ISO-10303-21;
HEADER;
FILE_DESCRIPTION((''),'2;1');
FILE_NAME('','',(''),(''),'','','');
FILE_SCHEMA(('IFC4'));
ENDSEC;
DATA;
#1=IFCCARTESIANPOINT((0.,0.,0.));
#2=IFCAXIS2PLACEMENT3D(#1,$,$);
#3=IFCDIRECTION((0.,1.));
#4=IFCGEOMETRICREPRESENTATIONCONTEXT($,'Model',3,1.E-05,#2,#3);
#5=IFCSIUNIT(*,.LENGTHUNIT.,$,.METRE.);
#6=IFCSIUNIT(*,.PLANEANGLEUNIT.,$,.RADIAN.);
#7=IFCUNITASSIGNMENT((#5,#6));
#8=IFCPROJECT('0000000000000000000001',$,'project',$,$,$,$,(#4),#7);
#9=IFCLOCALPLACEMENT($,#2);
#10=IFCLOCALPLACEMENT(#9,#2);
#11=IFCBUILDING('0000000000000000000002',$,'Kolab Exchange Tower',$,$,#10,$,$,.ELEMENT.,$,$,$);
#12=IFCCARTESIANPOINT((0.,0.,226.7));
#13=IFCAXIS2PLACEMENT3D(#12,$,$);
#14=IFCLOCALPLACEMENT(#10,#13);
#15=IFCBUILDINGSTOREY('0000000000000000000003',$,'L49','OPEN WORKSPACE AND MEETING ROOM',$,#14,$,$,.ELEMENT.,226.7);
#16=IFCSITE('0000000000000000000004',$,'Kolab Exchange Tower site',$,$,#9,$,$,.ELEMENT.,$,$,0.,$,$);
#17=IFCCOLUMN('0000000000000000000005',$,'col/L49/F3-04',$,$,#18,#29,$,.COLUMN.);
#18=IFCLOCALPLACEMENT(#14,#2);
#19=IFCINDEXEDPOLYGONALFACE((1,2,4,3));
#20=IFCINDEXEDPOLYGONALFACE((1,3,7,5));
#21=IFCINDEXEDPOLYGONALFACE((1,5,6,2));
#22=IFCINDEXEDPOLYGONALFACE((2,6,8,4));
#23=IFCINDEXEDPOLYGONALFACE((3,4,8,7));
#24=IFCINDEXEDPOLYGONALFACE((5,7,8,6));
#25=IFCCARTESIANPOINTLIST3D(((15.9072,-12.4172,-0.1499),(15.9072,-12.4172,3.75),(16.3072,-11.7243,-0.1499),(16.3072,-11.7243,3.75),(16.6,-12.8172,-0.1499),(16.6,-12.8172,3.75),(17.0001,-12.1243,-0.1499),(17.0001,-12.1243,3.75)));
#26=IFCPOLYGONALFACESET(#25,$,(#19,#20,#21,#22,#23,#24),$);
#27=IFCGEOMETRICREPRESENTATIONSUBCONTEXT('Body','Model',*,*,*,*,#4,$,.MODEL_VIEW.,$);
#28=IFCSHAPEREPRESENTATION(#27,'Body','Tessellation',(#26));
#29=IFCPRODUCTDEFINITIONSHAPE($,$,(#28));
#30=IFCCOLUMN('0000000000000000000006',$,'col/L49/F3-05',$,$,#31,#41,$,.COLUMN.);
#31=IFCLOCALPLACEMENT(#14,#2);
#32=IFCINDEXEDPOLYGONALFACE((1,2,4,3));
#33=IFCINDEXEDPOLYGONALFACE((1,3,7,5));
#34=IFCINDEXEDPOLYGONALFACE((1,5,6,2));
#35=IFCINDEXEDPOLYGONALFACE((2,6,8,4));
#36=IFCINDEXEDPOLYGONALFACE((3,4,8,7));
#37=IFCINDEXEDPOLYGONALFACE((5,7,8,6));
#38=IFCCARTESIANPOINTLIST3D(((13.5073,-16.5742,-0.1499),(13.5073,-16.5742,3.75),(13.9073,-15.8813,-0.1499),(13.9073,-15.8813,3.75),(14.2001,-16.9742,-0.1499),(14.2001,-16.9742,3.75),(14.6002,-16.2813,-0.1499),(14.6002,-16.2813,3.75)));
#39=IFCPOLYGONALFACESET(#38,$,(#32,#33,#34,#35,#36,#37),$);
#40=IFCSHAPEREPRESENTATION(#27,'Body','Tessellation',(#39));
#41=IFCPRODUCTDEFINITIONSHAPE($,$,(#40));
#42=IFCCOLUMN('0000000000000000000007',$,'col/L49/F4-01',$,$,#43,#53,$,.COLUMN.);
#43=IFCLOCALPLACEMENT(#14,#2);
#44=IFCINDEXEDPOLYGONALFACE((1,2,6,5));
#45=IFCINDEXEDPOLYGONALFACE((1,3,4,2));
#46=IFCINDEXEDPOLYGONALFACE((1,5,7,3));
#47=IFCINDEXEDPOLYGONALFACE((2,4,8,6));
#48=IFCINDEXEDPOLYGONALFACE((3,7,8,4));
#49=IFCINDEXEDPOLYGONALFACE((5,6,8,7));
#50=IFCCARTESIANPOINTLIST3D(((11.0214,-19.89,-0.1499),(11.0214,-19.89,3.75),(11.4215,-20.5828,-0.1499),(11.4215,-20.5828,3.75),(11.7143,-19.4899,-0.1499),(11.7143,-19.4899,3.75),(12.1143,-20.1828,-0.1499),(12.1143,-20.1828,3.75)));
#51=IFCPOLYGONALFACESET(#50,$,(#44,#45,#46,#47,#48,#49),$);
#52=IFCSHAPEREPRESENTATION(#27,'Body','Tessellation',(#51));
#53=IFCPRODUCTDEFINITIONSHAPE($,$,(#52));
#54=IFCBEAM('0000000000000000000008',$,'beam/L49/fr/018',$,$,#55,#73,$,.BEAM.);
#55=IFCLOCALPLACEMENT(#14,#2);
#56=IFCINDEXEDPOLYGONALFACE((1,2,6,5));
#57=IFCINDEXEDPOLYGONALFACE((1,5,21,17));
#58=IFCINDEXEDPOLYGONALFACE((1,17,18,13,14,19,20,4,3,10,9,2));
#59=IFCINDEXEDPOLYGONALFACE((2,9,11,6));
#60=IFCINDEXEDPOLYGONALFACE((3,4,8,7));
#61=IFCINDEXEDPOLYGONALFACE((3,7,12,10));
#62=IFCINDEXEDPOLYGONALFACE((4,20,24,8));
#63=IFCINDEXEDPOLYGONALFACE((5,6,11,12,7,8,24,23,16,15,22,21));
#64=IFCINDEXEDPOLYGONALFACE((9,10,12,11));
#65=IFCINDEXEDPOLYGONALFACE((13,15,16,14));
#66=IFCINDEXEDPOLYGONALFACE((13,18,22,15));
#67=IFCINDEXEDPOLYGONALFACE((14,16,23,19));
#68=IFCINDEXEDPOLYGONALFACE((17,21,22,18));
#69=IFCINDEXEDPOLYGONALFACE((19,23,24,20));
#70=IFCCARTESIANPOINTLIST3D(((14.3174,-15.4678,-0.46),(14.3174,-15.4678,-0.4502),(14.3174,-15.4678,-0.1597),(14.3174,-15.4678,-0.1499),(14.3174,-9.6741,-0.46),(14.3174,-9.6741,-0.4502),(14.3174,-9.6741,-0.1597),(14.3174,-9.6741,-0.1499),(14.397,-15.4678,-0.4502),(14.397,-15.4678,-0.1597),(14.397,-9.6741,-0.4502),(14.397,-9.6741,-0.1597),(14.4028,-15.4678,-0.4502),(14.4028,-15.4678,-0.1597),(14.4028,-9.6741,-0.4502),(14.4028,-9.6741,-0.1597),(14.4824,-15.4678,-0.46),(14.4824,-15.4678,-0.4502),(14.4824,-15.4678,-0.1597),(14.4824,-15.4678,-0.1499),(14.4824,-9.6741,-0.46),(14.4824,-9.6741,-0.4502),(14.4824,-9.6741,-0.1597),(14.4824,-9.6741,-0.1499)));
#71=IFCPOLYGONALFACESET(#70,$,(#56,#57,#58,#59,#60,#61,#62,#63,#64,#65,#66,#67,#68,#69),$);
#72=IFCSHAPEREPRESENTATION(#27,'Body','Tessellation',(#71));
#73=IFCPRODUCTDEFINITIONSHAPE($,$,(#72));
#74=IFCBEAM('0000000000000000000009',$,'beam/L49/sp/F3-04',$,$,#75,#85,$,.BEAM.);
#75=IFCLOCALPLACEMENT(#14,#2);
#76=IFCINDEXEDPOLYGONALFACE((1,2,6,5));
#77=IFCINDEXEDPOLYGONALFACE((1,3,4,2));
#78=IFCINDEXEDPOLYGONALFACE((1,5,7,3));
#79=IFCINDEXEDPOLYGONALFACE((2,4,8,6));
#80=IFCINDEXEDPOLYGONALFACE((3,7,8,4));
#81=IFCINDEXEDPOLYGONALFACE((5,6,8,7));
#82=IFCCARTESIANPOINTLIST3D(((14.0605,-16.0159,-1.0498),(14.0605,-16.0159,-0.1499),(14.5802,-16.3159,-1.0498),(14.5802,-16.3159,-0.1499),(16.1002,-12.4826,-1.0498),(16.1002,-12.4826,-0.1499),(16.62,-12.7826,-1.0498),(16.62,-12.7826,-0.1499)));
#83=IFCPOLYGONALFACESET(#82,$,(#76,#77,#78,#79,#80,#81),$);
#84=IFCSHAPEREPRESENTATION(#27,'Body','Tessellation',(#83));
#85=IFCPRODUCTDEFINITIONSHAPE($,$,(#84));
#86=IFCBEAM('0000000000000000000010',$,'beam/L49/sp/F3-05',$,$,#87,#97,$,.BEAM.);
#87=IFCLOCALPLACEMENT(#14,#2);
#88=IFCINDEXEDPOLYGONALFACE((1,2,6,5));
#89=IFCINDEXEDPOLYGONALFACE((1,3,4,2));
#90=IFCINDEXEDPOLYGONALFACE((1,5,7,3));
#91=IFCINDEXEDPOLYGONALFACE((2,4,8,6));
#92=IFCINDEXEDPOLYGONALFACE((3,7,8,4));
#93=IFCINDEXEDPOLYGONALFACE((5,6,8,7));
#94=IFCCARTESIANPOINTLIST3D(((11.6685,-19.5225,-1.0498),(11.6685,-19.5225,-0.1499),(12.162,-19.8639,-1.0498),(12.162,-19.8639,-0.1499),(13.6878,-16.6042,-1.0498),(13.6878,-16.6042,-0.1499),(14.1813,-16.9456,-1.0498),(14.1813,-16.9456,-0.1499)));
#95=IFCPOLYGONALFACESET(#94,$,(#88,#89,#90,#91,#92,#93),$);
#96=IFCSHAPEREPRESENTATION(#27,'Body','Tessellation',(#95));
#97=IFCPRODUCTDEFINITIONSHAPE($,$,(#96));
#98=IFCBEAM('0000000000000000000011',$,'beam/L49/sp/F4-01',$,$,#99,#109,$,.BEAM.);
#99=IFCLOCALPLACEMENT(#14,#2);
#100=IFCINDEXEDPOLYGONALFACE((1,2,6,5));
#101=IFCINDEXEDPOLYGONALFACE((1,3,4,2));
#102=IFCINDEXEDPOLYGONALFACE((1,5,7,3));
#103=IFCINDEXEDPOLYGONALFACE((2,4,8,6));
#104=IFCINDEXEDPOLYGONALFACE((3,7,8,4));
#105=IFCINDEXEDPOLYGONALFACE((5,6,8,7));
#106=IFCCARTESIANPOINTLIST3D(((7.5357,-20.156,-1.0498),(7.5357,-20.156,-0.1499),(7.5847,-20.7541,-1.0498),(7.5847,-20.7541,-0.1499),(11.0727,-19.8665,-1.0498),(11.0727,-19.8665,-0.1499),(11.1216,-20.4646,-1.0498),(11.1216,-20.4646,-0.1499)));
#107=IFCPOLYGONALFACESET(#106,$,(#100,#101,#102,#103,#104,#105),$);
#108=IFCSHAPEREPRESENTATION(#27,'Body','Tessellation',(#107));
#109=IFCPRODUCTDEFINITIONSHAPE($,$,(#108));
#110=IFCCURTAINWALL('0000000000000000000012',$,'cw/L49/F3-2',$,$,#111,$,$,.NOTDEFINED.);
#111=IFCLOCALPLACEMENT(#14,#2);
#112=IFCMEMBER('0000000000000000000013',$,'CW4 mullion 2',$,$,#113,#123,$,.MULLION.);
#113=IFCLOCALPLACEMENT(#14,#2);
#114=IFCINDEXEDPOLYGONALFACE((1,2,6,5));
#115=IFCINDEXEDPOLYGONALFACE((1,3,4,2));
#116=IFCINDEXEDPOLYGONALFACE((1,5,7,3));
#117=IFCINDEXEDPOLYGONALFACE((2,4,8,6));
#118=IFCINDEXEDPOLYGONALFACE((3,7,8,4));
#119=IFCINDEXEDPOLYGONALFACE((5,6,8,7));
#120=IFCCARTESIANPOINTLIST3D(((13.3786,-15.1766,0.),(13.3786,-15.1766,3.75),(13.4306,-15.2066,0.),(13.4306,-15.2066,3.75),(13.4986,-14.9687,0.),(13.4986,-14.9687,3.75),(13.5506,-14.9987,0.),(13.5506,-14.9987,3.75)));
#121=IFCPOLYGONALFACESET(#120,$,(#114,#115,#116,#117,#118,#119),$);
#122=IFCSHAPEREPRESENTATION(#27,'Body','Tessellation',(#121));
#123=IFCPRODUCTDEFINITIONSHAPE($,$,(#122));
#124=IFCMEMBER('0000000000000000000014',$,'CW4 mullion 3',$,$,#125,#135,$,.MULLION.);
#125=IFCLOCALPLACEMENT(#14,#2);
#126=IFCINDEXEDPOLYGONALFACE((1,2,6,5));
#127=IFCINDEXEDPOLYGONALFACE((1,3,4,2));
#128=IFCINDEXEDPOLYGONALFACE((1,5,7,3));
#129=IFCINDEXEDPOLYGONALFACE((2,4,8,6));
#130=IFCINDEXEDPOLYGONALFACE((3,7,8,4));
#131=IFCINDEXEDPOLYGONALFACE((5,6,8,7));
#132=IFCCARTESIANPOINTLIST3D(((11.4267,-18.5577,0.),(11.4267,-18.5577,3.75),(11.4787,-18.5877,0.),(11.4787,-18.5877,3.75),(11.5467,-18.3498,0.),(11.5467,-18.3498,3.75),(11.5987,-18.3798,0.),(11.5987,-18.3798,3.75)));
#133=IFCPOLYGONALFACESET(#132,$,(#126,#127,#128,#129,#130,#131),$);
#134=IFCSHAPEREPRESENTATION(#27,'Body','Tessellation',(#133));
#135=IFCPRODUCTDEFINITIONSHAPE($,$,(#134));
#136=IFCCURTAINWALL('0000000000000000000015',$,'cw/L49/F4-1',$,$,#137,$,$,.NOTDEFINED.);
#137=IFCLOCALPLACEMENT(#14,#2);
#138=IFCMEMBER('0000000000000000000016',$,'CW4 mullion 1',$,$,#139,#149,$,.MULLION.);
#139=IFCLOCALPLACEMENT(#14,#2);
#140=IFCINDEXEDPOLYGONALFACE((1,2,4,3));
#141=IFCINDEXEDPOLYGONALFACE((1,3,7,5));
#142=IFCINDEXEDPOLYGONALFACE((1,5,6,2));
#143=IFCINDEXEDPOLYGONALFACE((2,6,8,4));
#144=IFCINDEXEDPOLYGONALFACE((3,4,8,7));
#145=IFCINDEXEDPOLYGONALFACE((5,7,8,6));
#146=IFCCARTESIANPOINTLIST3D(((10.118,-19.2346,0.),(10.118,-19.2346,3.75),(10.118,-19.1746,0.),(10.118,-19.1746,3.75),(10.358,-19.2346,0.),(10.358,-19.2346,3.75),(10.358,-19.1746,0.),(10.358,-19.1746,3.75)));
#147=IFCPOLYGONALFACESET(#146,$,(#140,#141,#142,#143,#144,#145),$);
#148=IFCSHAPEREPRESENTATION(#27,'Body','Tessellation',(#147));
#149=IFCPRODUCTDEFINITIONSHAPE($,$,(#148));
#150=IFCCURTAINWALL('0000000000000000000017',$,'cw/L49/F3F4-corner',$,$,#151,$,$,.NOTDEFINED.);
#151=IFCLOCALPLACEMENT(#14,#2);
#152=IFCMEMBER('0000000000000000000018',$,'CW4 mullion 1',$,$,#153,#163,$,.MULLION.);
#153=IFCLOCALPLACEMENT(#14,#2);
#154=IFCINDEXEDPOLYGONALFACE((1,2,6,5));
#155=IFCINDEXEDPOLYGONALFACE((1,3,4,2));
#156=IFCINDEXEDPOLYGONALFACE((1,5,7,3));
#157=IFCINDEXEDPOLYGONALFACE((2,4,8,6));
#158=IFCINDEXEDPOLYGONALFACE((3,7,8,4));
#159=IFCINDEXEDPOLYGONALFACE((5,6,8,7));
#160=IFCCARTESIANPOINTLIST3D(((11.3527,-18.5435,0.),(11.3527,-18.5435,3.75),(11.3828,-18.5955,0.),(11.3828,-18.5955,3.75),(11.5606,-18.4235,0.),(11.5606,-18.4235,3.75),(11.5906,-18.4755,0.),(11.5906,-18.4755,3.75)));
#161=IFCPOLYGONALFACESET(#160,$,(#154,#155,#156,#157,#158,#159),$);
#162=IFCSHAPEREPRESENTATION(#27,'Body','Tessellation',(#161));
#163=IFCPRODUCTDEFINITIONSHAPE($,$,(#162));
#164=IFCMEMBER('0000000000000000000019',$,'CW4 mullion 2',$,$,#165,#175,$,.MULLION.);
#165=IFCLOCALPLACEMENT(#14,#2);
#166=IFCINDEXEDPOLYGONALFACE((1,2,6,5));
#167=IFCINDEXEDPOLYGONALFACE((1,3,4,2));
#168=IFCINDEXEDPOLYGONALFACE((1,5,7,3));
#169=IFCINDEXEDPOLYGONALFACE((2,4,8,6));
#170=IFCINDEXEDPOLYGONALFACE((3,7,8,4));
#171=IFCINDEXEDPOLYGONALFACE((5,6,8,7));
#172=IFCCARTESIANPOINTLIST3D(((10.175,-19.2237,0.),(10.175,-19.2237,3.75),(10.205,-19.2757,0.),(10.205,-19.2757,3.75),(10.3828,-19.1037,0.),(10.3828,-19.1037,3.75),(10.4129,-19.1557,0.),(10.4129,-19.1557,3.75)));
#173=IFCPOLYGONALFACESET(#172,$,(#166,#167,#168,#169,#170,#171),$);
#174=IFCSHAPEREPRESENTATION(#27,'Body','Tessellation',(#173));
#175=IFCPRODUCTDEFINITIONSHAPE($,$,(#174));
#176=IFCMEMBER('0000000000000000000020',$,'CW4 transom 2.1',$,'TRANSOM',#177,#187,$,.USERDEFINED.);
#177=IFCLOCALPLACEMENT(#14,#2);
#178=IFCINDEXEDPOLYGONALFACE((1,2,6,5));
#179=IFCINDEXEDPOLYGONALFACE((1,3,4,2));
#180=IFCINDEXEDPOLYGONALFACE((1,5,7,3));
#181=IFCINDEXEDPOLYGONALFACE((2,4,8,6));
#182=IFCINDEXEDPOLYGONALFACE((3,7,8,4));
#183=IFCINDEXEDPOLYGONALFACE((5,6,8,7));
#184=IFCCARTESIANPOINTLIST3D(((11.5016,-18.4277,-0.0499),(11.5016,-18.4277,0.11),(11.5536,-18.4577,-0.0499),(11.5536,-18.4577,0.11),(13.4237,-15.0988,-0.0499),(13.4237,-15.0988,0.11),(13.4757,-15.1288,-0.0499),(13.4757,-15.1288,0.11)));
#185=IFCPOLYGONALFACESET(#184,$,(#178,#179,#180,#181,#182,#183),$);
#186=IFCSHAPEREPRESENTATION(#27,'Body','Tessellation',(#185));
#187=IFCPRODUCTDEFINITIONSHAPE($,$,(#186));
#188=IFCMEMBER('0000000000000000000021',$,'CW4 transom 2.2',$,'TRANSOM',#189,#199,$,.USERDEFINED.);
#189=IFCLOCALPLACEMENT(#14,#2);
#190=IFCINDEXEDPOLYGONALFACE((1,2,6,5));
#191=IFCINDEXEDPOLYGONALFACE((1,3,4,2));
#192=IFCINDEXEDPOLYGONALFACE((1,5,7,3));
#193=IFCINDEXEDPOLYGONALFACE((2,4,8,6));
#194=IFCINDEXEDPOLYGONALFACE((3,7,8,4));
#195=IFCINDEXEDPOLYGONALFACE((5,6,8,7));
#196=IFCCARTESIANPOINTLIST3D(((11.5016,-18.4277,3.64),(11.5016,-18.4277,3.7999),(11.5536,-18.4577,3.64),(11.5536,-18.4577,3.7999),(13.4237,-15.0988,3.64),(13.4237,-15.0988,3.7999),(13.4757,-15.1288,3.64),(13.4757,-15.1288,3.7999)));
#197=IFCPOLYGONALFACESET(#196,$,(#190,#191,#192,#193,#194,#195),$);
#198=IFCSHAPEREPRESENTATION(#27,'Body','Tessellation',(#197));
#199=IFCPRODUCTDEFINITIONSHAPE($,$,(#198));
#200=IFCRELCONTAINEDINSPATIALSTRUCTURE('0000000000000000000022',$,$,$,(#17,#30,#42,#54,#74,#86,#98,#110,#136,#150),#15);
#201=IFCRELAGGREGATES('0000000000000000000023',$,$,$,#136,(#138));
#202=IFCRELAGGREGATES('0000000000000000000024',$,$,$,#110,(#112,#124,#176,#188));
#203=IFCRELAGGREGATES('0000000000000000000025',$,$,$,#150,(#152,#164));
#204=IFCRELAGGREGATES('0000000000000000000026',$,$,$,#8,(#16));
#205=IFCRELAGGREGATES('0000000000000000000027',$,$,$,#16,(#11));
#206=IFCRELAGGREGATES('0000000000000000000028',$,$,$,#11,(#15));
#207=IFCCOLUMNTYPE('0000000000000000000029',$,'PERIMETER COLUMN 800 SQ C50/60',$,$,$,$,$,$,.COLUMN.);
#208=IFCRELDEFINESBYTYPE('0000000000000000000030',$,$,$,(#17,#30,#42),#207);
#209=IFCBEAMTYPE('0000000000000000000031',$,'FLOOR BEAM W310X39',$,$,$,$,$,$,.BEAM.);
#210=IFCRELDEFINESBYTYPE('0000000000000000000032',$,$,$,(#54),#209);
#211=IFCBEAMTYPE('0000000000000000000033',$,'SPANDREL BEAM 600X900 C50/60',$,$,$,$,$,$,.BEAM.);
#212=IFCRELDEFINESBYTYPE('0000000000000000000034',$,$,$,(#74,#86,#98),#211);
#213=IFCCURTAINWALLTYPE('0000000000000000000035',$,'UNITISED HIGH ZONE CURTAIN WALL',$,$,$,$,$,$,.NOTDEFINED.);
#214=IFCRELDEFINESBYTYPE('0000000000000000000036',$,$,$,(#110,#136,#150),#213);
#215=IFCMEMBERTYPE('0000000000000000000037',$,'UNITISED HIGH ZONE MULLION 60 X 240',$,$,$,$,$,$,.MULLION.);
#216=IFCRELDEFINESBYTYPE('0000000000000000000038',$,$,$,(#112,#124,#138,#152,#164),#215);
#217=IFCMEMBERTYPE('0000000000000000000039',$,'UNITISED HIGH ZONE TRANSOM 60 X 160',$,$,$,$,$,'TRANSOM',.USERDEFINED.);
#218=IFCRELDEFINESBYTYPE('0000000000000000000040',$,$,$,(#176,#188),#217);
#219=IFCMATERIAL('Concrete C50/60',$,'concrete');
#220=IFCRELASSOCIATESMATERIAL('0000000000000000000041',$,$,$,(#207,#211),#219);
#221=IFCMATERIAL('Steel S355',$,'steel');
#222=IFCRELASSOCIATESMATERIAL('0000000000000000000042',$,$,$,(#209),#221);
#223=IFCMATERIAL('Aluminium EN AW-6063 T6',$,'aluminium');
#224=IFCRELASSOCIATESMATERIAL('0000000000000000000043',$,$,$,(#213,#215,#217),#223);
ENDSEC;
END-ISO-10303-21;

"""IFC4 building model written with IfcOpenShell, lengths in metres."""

from ifc_helpers import new_model, si_unit, direction, frame, origin, origin_2d, place, context, subcontext, project, spatial, rectangle, i_section, extrude, material, material_profile, profile_set, type_object, element, aggregate, save


model = new_model("IFC4")

# Units and contexts
model_context = context("Model", 3, precision=1e-05, world=origin(), true_north=direction((0.0, 1.0)))
body_context = subcontext(model_context, "Body", "Model", "MODEL_VIEW")
ifc_project = project(units=[si_unit("LENGTHUNIT", "METRE"), si_unit("PLANEANGLEUNIT", "RADIAN")], contexts=[model_context])

# Site, building, storey
site_placement = place(None, origin())
site = spatial("IfcSite", under=ifc_project, at=site_placement, Name="Kolab Exchange Tower site", CompositionType="ELEMENT", RefElevation=0.0)
building_placement = place(site_placement, origin())
building = spatial("IfcBuilding", under=site, at=building_placement, Name="Kolab Exchange Tower", CompositionType="ELEMENT")
storey_placement = place(building_placement, frame((0.0, 0.0, 226.7)))
storey = spatial("IfcBuildingStorey", under=building, at=storey_placement, Name="L49", Description="OPEN WORKSPACE AND MEETING ROOM", CompositionType="ELEMENT", Elevation=226.7)

# Columns
ifc_material_1 = material(Name="Concrete C50/60", Category="concrete")
ifc_material_profile_1 = material_profile(ifc_material_1, rectangle(XDim=0.8, YDim=0.8, at=origin_2d()), Name="RC800")
ifc_profile_set_1 = profile_set([ifc_material_profile_1], Name="Concrete C50/60")
column_type = type_object("IfcColumnType", Name="PERIMETER COLUMN 800 SQ C50/60", PredefinedType="COLUMN", material=ifc_profile_set_1)
for number, where, z_axis, x_axis, name in (
    (1, (16.4536, -12.2708, -0.1499), (0.0, 0.0, 1.0), (0.5, 0.866025, 0.0), "col/L49/F3-04"),
    (2, (14.0537, -16.4277, -0.1499), (0.0, 0.0, 1.0), (0.5, 0.866025, 0.0), "col/L49/F3-05"),
    (3, (11.5679, -20.0364, -0.1499), (0.0, 0.0, 1.0), (0.866025, 0.5, 0.0), "col/L49/F4-01"),
):
    element("IfcColumn", number, at=place(storey_placement, frame(where, z_axis=z_axis, x_axis=x_axis)), inside=storey, type_object=column_type, Name=name, PredefinedType="COLUMN", context=body_context, shape_type="SweptSolid", body=[
        extrude(rectangle(XDim=0.8, YDim=0.8, at=origin_2d()), origin(), (0.0, 0.0, 1.0), 3.8999),
    ])

# Beams
ifc_material_2 = material(Name="Steel S355", Category="steel")
ifc_material_profile_2 = material_profile(ifc_material_2, i_section(OverallWidth=0.165, OverallDepth=0.3101, WebThickness=0.0059, FlangeThickness=0.0098, at=origin_2d()), Name="W310X39")
ifc_profile_set_2 = profile_set([ifc_material_profile_2], Name="Steel S355")
beam_type_1 = type_object("IfcBeamType", Name="FLOOR BEAM W310X39", PredefinedType="BEAM", material=ifc_profile_set_2)
beam_1_placement = place(storey_placement, frame((14.3999, -15.4678, -0.3049), z_axis=(0.0, 1.0, 0.0), x_axis=(-1.0, 0.0, 0.0)))
element("IfcBeam", 4, at=beam_1_placement, inside=storey, type_object=beam_type_1, Name="beam/L49/fr/018", PredefinedType="BEAM", context=body_context, shape_type="SweptSolid", body=[
    extrude(i_section(OverallWidth=0.165, OverallDepth=0.3101, WebThickness=0.0059, FlangeThickness=0.0098, at=origin_2d()), origin(), (0.0, 0.0, 1.0), 5.7937),
])
ifc_material_profile_3 = material_profile(ifc_material_1, rectangle(XDim=0.6001, YDim=0.8999, at=origin_2d()), Name="RC600X900")
ifc_profile_set_3 = profile_set([ifc_material_profile_3], Name="Concrete C50/60")
beam_type_2 = type_object("IfcBeamType", Name="SPANDREL BEAM 600X900 C50/60", PredefinedType="BEAM", material=ifc_profile_set_3)
beam_2_placement = place(storey_placement, frame((16.3601, -12.6326, -0.5999), z_axis=(-0.499956, -0.866051, 0.0), x_axis=(0.866051, -0.499956, 0.0)))
element("IfcBeam", 5, at=beam_2_placement, inside=storey, type_object=beam_type_2, Name="beam/L49/sp/F3-04", PredefinedType="BEAM", context=body_context, shape_type="SweptSolid", body=[
    extrude(rectangle(XDim=0.6001, YDim=0.8999, at=origin_2d()), origin(), (0.0, 0.0, 1.0), 4.0798),
])
for number, where, z_axis, x_axis, name in (
    (6, (13.9346, -16.7749, -0.5999), (-0.569017, -0.822326, 0.0), (0.822326, -0.569017, 0.0), "beam/L49/sp/F3-05"),
    (7, (11.0972, -20.1655, -0.5999), (-0.996666, -0.081588, 0.0), (0.081588, -0.996666, 0.0), "beam/L49/sp/F4-01"),
):
    element("IfcBeam", number, at=place(storey_placement, frame(where, z_axis=z_axis, x_axis=x_axis)), inside=storey, type_object=beam_type_2, Name=name, PredefinedType="BEAM", context=body_context, shape_type="SweptSolid", body=[
        extrude(rectangle(XDim=0.6001, YDim=0.8999, at=origin_2d()), origin(), (0.0, 0.0, 1.0), 3.5488),
    ])

# Curtain wall, members
ifc_material_3 = material(Name="Aluminium EN AW-6063 T6", Category="aluminium")
curtain_wall_type = type_object("IfcCurtainWallType", Name="UNITISED HIGH ZONE CURTAIN WALL", PredefinedType="NOTDEFINED", material=ifc_material_3)
curtain_wall_1_placement = place(storey_placement, origin())
curtain_wall_1 = element("IfcCurtainWall", 8, at=curtain_wall_1_placement, inside=storey, type_object=curtain_wall_type, Name="cw/L49/F3-2", PredefinedType="NOTDEFINED")
ifc_material_profile_4 = material_profile(ifc_material_3, rectangle(XDim=0.0601, YDim=0.24, at=origin_2d()), Name="RECT 60X240")
ifc_profile_set_4 = profile_set([ifc_material_profile_4], Name="Aluminium EN AW-6063 T6")
member_type_1 = type_object("IfcMemberType", Name="UNITISED HIGH ZONE MULLION 60 X 240", PredefinedType="MULLION", material=ifc_profile_set_4)
member_1_placement = place(storey_placement, frame((13.4646, -15.0876, 0.0), z_axis=(0.0, 0.0, 1.0), x_axis=(0.866025, -0.5, 0.0)))
member_1 = element("IfcMember", 9, at=member_1_placement, type_object=member_type_1, Name="CW4 mullion 2", PredefinedType="MULLION", context=body_context, shape_type="SweptSolid", body=[
    extrude(rectangle(XDim=0.0601, YDim=0.24, at=origin_2d()), origin(), (0.0, 0.0, 1.0), 3.75),
])
member_2_placement = place(storey_placement, frame((11.5127, -18.4688, 0.0), z_axis=(0.0, 0.0, 1.0), x_axis=(0.866025, -0.5, 0.0)))
member_2 = element("IfcMember", 10, at=member_2_placement, type_object=member_type_1, Name="CW4 mullion 3", PredefinedType="MULLION", context=body_context, shape_type="SweptSolid", body=[
    extrude(rectangle(XDim=0.0601, YDim=0.24, at=origin_2d()), origin(), (0.0, 0.0, 1.0), 3.75),
])

# Curtain wall, member
curtain_wall_2_placement = place(storey_placement, origin())
curtain_wall_2 = element("IfcCurtainWall", 11, at=curtain_wall_2_placement, inside=storey, type_object=curtain_wall_type, Name="cw/L49/F4-1", PredefinedType="NOTDEFINED")
member_3_placement = place(storey_placement, frame((10.238, -19.2046, 0.0), z_axis=(0.0, 0.0, 1.0), x_axis=(0.0, -1.0, 0.0)))
member_3 = element("IfcMember", 12, at=member_3_placement, type_object=member_type_1, Name="CW4 mullion 1", PredefinedType="MULLION", context=body_context, shape_type="SweptSolid", body=[
    extrude(rectangle(XDim=0.0601, YDim=0.24, at=origin_2d()), origin(), (0.0, 0.0, 1.0), 3.75),
])

# Curtain wall, members
curtain_wall_3_placement = place(storey_placement, origin())
curtain_wall_3 = element("IfcCurtainWall", 13, at=curtain_wall_3_placement, inside=storey, type_object=curtain_wall_type, Name="cw/L49/F3F4-corner", PredefinedType="NOTDEFINED")
member_4_placement = place(storey_placement, frame((11.4717, -18.5095, 0.0), z_axis=(0.0, 0.0, 1.0), x_axis=(0.5, -0.866025, 0.0)))
member_4 = element("IfcMember", 14, at=member_4_placement, type_object=member_type_1, Name="CW4 mullion 1", PredefinedType="MULLION", context=body_context, shape_type="SweptSolid", body=[
    extrude(rectangle(XDim=0.0601, YDim=0.24, at=origin_2d()), origin(), (0.0, 0.0, 1.0), 3.75),
])
member_5_placement = place(storey_placement, frame((10.2939, -19.1897, 0.0), z_axis=(0.0, 0.0, 1.0), x_axis=(0.5, -0.866025, 0.0)))
member_5 = element("IfcMember", 15, at=member_5_placement, type_object=member_type_1, Name="CW4 mullion 2", PredefinedType="MULLION", context=body_context, shape_type="SweptSolid", body=[
    extrude(rectangle(XDim=0.0601, YDim=0.24, at=origin_2d()), origin(), (0.0, 0.0, 1.0), 3.75),
])

# Members
ifc_material_profile_5 = material_profile(ifc_material_3, rectangle(XDim=0.0601, YDim=0.1599, at=origin_2d()), Name="RECT 60X160")
ifc_profile_set_5 = profile_set([ifc_material_profile_5], Name="Aluminium EN AW-6063 T6")
member_type_2 = type_object("IfcMemberType", Name="UNITISED HIGH ZONE TRANSOM 60 X 160", ElementType="TRANSOM", PredefinedType="USERDEFINED", material=ifc_profile_set_5)
member_6_placement = place(storey_placement, frame((13.4497, -15.1138, 0.03), z_axis=(-0.500039, -0.866003, 0.0), x_axis=(0.866003, -0.500039, 0.0)))
member_6 = element("IfcMember", 16, at=member_6_placement, type_object=member_type_2, Name="CW4 transom 2.1", ObjectType="TRANSOM", PredefinedType="USERDEFINED", context=body_context, shape_type="SweptSolid", body=[
    extrude(rectangle(XDim=0.0601, YDim=0.1599, at=origin_2d()), origin(), (0.0, 0.0, 1.0), 3.844),
])
member_7_placement = place(storey_placement, frame((13.4497, -15.1138, 3.72), z_axis=(-0.500039, -0.866003, 0.0), x_axis=(0.866003, -0.500039, 0.0)))
member_7 = element("IfcMember", 17, at=member_7_placement, type_object=member_type_2, Name="CW4 transom 2.2", ObjectType="TRANSOM", PredefinedType="USERDEFINED", context=body_context, shape_type="SweptSolid", body=[
    extrude(rectangle(XDim=0.0601, YDim=0.1599, at=origin_2d()), origin(), (0.0, 0.0, 1.0), 3.844),
])
aggregate(curtain_wall_2, [member_3])

aggregate(curtain_wall_1, [member_1, member_2, member_6, member_7])
aggregate(curtain_wall_3, [member_4, member_5])

save(model, "model.ifc")
